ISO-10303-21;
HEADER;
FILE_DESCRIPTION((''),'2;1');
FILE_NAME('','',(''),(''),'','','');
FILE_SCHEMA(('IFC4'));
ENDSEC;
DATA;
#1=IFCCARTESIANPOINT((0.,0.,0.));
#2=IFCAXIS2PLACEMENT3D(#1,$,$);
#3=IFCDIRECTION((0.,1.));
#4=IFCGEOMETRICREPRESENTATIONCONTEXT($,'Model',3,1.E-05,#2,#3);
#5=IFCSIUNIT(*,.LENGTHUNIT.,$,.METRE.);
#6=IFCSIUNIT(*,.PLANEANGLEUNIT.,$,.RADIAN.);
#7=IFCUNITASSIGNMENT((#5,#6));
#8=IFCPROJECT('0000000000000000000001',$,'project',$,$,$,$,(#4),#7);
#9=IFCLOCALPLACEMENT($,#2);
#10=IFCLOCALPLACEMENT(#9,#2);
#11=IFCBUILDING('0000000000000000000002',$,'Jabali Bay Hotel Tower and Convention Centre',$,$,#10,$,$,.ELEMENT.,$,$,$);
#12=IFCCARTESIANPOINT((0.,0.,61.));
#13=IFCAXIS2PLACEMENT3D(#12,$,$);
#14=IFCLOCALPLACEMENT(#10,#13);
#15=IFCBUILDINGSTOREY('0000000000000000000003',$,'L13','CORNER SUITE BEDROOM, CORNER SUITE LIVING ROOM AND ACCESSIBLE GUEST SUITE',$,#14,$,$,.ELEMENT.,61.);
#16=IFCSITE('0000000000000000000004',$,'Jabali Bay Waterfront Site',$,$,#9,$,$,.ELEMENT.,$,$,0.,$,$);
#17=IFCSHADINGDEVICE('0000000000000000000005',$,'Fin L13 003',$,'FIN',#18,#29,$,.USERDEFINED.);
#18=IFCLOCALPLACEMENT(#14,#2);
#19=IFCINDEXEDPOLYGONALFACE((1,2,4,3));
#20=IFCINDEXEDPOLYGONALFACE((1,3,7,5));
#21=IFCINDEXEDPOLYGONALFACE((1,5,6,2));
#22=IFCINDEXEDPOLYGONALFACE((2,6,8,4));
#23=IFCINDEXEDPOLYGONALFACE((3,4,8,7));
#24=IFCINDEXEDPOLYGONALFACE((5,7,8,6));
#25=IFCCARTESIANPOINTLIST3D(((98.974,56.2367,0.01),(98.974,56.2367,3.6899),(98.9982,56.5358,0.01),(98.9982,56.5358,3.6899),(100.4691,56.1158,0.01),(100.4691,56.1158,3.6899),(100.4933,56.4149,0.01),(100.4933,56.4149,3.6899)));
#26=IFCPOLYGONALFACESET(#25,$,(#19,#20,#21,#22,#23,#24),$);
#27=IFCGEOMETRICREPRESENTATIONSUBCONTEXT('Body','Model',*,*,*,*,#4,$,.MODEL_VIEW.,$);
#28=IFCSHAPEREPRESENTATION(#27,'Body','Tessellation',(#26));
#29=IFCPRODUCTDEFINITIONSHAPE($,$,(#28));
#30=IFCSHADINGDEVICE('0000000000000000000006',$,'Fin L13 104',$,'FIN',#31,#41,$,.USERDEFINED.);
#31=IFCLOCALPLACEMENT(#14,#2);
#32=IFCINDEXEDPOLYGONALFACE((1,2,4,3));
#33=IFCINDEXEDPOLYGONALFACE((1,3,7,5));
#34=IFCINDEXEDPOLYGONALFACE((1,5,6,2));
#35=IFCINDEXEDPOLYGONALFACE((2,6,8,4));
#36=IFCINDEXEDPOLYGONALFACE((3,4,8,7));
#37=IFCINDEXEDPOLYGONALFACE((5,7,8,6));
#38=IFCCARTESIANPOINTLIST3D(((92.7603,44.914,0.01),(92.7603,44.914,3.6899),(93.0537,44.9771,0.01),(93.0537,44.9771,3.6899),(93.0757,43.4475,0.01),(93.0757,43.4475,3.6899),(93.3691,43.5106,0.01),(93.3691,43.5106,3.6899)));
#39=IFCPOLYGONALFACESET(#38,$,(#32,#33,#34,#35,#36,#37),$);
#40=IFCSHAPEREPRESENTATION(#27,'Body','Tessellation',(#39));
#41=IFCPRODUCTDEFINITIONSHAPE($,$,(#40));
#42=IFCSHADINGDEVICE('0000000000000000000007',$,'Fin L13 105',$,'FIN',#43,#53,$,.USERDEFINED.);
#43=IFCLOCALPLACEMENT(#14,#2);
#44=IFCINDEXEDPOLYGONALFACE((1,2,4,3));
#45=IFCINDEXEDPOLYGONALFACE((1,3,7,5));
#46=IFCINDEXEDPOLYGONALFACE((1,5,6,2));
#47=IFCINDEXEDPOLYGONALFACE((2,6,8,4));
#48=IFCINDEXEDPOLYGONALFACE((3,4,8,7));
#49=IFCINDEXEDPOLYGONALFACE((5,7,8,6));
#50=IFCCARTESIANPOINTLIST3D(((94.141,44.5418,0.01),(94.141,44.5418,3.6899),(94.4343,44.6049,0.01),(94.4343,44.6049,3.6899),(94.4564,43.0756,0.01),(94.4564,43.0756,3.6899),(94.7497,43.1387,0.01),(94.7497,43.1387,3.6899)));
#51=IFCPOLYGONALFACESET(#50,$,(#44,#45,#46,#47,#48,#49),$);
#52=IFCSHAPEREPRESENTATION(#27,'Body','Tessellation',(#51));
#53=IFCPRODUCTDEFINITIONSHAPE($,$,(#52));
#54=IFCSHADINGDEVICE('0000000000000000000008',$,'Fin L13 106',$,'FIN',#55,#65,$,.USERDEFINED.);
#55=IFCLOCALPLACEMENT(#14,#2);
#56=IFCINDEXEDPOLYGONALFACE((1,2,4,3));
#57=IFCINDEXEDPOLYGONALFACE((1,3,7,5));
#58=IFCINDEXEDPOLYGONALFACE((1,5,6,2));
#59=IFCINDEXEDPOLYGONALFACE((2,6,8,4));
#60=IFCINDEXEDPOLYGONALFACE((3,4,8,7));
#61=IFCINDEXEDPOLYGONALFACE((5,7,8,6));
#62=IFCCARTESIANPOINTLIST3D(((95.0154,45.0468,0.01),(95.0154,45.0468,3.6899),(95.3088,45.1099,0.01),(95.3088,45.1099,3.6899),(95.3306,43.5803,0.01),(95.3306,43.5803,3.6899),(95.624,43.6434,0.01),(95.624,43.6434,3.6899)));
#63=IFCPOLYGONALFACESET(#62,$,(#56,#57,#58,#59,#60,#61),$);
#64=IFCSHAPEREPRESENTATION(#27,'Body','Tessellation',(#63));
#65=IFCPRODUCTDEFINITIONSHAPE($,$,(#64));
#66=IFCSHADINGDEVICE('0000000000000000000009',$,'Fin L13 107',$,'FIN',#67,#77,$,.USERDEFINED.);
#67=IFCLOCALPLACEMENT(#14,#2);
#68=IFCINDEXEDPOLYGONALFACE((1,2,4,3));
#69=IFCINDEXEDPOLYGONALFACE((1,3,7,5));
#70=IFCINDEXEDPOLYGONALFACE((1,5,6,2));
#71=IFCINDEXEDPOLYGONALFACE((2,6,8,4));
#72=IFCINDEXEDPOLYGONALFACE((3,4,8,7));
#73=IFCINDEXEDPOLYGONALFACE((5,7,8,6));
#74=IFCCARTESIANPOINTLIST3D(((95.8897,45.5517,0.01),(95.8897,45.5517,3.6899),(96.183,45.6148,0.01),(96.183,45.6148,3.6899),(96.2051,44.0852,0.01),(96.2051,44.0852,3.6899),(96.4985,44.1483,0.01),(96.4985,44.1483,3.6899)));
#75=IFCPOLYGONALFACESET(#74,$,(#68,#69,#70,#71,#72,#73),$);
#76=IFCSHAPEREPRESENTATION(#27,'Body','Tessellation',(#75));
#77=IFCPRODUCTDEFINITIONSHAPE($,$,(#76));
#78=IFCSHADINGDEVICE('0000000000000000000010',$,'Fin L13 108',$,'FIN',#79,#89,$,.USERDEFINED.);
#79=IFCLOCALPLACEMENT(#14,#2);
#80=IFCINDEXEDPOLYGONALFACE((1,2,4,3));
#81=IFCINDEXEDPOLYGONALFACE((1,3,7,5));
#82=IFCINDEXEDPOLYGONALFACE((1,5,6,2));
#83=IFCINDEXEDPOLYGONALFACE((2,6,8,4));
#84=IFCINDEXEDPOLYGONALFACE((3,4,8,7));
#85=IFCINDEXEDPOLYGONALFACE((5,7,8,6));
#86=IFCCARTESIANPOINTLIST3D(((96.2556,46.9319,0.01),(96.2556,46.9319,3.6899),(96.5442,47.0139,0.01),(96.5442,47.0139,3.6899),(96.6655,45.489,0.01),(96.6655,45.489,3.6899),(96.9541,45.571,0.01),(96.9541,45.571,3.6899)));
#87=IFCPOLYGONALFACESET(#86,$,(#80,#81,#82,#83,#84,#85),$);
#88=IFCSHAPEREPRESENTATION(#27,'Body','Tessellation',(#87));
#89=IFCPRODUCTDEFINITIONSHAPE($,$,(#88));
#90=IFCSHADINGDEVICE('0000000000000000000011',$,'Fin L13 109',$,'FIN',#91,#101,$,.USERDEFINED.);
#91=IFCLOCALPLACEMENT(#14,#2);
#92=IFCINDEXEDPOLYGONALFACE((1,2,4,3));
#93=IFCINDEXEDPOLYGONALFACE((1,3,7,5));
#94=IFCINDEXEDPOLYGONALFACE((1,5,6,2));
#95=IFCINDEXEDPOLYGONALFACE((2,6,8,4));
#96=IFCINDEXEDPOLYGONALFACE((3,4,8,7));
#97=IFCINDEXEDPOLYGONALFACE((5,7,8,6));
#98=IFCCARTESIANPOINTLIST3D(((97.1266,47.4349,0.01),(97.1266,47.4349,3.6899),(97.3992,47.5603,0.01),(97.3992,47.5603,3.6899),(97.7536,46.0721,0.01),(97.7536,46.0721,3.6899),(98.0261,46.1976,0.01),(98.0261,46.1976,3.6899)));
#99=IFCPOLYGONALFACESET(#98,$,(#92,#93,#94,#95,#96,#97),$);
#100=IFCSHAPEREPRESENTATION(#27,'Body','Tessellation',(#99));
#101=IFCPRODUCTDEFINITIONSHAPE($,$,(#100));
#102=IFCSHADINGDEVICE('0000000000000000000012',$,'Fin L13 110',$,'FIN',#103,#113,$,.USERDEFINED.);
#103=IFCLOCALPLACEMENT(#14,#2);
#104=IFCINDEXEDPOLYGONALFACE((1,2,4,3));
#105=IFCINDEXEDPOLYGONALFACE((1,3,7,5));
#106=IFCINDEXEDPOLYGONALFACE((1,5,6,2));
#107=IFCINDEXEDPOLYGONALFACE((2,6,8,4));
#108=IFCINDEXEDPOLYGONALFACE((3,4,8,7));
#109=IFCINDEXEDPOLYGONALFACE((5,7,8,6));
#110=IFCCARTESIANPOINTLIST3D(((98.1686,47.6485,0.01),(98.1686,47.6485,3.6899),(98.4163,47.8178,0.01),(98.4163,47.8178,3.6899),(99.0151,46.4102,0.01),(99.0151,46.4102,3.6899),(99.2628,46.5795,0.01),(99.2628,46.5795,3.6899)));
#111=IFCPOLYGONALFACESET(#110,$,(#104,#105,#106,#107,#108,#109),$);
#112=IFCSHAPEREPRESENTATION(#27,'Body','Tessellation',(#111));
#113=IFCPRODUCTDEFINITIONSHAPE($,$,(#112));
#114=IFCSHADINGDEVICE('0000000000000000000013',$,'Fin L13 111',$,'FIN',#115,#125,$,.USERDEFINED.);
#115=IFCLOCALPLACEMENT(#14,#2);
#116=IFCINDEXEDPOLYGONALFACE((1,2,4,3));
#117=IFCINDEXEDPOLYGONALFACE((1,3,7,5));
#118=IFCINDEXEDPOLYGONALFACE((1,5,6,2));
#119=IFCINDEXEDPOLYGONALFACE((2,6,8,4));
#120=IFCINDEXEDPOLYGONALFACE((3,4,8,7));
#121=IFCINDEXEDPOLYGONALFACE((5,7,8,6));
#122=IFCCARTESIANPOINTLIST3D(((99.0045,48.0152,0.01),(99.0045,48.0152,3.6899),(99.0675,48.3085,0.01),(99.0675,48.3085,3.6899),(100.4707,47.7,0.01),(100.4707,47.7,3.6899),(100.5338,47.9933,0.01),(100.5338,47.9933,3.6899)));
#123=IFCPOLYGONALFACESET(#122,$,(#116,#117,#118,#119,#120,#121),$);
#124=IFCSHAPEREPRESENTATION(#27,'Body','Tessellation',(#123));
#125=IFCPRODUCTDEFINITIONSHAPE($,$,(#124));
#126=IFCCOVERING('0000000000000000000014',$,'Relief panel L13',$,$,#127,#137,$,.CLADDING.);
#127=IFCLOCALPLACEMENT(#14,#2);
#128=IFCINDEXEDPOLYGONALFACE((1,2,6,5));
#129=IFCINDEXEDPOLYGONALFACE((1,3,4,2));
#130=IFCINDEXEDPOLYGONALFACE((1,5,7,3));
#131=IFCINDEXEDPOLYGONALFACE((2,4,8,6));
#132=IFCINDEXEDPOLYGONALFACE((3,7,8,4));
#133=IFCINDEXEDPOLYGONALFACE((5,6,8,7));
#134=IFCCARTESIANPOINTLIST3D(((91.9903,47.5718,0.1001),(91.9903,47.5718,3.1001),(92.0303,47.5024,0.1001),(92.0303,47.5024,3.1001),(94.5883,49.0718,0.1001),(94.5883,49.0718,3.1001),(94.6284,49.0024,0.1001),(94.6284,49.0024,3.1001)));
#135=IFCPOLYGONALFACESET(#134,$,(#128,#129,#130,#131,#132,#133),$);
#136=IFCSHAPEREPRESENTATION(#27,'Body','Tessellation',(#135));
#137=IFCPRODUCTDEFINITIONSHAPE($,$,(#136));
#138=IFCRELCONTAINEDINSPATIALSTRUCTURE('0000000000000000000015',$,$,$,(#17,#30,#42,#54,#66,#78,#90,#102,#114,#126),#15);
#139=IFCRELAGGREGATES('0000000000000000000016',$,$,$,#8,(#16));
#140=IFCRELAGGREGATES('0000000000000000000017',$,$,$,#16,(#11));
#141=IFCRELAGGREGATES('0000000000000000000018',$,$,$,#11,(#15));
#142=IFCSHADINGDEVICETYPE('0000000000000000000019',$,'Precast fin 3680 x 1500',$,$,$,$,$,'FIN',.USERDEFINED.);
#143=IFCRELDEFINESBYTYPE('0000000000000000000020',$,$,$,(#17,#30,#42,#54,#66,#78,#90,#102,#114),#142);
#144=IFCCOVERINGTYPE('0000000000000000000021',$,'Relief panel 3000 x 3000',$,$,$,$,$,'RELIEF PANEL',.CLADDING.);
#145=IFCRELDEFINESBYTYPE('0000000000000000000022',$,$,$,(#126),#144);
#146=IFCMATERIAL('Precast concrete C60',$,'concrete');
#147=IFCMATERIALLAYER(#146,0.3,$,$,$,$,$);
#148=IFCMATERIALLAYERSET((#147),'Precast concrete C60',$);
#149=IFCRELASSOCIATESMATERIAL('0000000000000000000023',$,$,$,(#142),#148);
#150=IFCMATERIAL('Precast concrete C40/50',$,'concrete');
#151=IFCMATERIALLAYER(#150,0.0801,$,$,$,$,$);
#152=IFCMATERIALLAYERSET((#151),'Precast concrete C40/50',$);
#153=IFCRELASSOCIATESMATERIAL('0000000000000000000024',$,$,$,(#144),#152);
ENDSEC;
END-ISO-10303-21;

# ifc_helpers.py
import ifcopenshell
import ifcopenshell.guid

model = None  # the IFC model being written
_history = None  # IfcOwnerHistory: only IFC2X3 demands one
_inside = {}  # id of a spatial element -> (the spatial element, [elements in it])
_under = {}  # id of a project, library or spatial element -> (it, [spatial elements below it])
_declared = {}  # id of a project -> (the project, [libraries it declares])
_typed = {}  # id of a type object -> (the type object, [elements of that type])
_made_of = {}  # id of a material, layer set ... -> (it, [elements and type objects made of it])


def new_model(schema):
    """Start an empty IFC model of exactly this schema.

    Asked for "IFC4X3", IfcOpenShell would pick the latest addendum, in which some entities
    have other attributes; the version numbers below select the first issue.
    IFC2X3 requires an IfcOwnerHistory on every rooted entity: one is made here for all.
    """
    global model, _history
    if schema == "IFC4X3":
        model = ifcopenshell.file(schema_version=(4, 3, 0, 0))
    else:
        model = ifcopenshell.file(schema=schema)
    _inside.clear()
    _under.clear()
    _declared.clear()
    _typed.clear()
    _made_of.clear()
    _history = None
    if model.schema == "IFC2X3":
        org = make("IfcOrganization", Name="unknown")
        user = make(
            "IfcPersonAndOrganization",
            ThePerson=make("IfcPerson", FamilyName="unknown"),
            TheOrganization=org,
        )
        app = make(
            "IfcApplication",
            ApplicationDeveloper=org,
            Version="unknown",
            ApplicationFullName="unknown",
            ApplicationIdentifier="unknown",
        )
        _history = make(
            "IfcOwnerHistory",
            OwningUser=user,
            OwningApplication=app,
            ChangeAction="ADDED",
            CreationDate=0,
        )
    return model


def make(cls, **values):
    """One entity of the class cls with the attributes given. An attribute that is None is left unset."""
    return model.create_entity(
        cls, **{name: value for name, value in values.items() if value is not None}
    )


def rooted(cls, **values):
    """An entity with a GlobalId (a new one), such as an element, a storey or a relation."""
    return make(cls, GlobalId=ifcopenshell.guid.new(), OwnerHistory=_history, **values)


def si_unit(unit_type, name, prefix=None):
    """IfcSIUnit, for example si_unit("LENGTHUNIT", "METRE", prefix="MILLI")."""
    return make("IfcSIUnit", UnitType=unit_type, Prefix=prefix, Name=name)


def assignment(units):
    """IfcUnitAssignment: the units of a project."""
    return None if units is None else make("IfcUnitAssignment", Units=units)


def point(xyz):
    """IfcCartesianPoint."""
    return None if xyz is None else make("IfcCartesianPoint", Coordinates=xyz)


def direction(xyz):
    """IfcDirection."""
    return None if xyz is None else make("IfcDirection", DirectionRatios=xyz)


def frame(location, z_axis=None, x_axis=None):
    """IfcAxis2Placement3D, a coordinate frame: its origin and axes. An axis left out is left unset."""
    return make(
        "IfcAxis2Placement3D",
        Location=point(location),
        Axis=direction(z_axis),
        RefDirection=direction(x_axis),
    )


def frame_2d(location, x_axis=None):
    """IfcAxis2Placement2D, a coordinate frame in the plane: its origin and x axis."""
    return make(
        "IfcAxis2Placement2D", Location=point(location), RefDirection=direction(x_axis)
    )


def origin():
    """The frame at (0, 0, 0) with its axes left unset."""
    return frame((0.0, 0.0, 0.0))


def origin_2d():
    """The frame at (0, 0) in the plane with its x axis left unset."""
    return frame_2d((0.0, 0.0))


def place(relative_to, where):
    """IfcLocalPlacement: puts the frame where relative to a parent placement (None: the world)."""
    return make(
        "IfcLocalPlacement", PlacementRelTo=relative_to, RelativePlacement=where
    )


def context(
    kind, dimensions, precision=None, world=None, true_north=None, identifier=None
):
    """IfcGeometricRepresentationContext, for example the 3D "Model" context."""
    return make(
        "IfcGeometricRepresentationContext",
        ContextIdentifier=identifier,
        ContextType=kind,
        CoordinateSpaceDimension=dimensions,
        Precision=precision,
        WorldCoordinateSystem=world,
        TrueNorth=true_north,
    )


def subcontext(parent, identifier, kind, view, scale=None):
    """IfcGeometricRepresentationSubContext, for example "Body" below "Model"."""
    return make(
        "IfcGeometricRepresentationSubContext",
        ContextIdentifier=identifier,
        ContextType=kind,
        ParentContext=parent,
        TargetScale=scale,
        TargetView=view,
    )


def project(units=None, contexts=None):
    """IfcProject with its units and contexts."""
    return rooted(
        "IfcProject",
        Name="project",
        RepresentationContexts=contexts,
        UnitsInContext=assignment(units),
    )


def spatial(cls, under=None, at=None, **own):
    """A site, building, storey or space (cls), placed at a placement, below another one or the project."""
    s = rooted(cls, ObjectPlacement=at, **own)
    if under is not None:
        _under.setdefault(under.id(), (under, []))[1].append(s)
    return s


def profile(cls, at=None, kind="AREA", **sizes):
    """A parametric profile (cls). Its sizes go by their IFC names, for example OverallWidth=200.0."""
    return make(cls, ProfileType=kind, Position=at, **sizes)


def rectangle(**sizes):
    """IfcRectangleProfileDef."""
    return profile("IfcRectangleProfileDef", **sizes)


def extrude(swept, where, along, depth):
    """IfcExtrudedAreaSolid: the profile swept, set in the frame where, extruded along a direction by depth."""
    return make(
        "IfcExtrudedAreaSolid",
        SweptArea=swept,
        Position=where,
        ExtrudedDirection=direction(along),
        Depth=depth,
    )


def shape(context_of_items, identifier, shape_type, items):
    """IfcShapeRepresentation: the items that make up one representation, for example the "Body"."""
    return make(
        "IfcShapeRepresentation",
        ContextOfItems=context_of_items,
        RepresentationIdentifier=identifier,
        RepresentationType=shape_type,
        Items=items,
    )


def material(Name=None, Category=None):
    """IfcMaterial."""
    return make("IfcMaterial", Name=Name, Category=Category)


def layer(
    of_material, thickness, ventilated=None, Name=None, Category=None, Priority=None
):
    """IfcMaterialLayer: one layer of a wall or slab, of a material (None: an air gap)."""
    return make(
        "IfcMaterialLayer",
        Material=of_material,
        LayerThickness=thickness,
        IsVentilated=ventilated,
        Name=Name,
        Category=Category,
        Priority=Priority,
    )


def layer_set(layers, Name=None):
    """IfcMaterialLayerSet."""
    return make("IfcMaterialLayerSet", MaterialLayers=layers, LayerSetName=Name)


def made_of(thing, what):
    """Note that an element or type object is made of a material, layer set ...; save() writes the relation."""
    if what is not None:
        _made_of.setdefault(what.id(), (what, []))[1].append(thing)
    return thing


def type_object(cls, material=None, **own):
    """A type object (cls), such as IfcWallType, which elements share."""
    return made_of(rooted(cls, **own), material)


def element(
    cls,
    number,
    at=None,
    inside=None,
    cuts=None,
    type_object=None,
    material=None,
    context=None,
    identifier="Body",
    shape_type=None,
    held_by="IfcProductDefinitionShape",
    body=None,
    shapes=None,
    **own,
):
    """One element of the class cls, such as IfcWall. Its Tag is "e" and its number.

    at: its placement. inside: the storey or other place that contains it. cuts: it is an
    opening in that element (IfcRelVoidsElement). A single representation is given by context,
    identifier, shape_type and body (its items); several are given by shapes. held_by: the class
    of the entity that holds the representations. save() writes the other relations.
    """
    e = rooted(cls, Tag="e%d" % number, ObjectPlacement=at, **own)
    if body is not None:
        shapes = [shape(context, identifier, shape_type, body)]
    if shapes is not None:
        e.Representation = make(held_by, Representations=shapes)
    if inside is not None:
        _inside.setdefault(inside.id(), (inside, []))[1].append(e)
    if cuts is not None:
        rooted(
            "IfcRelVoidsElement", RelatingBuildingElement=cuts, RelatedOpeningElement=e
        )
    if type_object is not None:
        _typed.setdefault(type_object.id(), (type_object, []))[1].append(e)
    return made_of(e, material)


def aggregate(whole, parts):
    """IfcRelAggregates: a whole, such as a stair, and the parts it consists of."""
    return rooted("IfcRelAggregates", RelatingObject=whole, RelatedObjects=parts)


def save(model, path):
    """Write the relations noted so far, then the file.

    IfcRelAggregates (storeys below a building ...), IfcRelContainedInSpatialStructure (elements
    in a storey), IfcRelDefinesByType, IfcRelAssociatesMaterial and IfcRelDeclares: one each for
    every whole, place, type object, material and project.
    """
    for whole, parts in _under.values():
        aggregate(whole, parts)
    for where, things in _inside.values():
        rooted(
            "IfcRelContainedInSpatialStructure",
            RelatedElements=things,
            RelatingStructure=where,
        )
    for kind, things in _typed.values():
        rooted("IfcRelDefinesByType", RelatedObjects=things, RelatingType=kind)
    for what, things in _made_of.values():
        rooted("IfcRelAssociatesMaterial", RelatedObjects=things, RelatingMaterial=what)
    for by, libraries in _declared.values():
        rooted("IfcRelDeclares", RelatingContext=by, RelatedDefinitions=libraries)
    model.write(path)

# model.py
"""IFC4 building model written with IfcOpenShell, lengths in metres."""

from ifc_helpers import new_model, si_unit, direction, frame, frame_2d, origin, origin_2d, place, context, subcontext, project, spatial, rectangle, extrude, material, layer, layer_set, type_object, element, save


model = new_model("IFC4")

# Units and contexts
model_context = context("Model", 3, precision=1e-05, world=origin(), true_north=direction((0.0, 1.0)))
body_context = subcontext(model_context, "Body", "Model", "MODEL_VIEW")
ifc_project = project(units=[si_unit("LENGTHUNIT", "METRE"), si_unit("PLANEANGLEUNIT", "RADIAN")], contexts=[model_context])

# Site, building, storey
site_placement = place(None, origin())
site = spatial("IfcSite", under=ifc_project, at=site_placement, Name="Jabali Bay Waterfront Site", CompositionType="ELEMENT", RefElevation=0.0)
building_placement = place(site_placement, origin())
building = spatial("IfcBuilding", under=site, at=building_placement, Name="Jabali Bay Hotel Tower and Convention Centre", CompositionType="ELEMENT")
storey_placement = place(building_placement, frame((0.0, 0.0, 61.0)))
storey = spatial("IfcBuildingStorey", under=building, at=storey_placement, Name="L13", Description="CORNER SUITE BEDROOM, CORNER SUITE LIVING ROOM AND ACCESSIBLE GUEST SUITE", CompositionType="ELEMENT", Elevation=61.0)

# Shading devices
ifc_material_1 = material(Name="Precast concrete C60", Category="concrete")
ifc_layer_1 = layer(ifc_material_1, 0.3)
ifc_layer_set_1 = layer_set([ifc_layer_1], Name="Precast concrete C60")
shading_device_type = type_object("IfcShadingDeviceType", Name="Precast fin 3680 x 1500", ElementType="FIN", PredefinedType="USERDEFINED", material=ifc_layer_set_1)
for number, where, z_axis, x_axis, name in (
    (1, (98.9861, 56.3862, 0.01), (0.0, 0.0, 1.0), (0.996749, -0.080567, 0.0), "Fin L13 003"),
    (2, (92.907, 44.9456, 0.01), (0.0, 0.0, 1.0), (0.210274, -0.977643, 0.0), "Fin L13 104"),
):
    element("IfcShadingDevice", number, at=place(storey_placement, frame(where, z_axis=z_axis, x_axis=x_axis)), inside=storey, type_object=shading_device_type, Name=name, ObjectType="FIN", PredefinedType="USERDEFINED", context=body_context, shape_type="SweptSolid", body=[
        extrude(rectangle(XDim=1.5, YDim=0.3, at=frame_2d((0.75, 0.0))), origin(), (0.0, 0.0, 1.0), 3.6799),
    ])
shading_device_1_placement = place(storey_placement, frame((94.2876, 44.5735, 0.01), z_axis=(0.0, 0.0, 1.0), x_axis=(0.210307, -0.977635, 0.0)))
element("IfcShadingDevice", 3, at=shading_device_1_placement, inside=storey, type_object=shading_device_type, Name="Fin L13 105", ObjectType="FIN", PredefinedType="USERDEFINED", context=body_context, shape_type="SweptSolid", body=[
    extrude(rectangle(XDim=1.4998, YDim=0.3, at=frame_2d((0.75, 0.0))), origin(), (0.0, 0.0, 1.0), 3.6799),
])
for number, where, z_axis, x_axis, name in (
    (4, (95.1621, 45.0784, 0.01), (0.0, 0.0, 1.0), (0.210118, -0.977676, 0.0), "Fin L13 106"),
    (5, (96.0364, 45.5833, 0.01), (0.0, 0.0, 1.0), (0.210274, -0.977643, 0.0), "Fin L13 107"),
    (6, (96.3999, 46.9729, 0.01), (0.0, 0.0, 1.0), (0.273281, -0.961934, 0.0), "Fin L13 108"),
    (7, (97.2629, 47.4976, 0.01), (0.0, 0.0, 1.0), (0.417943, -0.908473, 0.0), "Fin L13 109"),
    (8, (98.2925, 47.7332, 0.01), (0.0, 0.0, 1.0), (0.564316, -0.825559, 0.0), "Fin L13 110"),
):
    element("IfcShadingDevice", number, at=place(storey_placement, frame(where, z_axis=z_axis, x_axis=x_axis)), inside=storey, type_object=shading_device_type, Name=name, ObjectType="FIN", PredefinedType="USERDEFINED", context=body_context, shape_type="SweptSolid", body=[
        extrude(rectangle(XDim=1.5, YDim=0.3, at=frame_2d((0.75, 0.0))), origin(), (0.0, 0.0, 1.0), 3.6799),
    ])
shading_device_2_placement = place(storey_placement, frame((99.0359, 48.1619, 0.01), z_axis=(0.0, 0.0, 1.0), x_axis=(0.977669, -0.210152, 0.0)))
element("IfcShadingDevice", 9, at=shading_device_2_placement, inside=storey, type_object=shading_device_type, Name="Fin L13 111", ObjectType="FIN", PredefinedType="USERDEFINED", context=body_context, shape_type="SweptSolid", body=[
    extrude(rectangle(XDim=1.4998, YDim=0.3, at=frame_2d((0.75, 0.0))), origin(), (0.0, 0.0, 1.0), 3.6799),
])

# Covering
ifc_material_2 = material(Name="Precast concrete C40/50", Category="concrete")
ifc_layer_2 = layer(ifc_material_2, 0.0801)
ifc_layer_set_2 = layer_set([ifc_layer_2], Name="Precast concrete C40/50")
covering_type = type_object("IfcCoveringType", Name="Relief panel 3000 x 3000", ElementType="RELIEF PANEL", PredefinedType="CLADDING", material=ifc_layer_set_2)
covering_placement = place(storey_placement, frame((93.3093, 48.2871, 0.1001), z_axis=(0.0, 0.0, 1.0), x_axis=(-0.866025, -0.5, 0.0)))
element("IfcCovering", 10, at=covering_placement, inside=storey, type_object=covering_type, Name="Relief panel L13", PredefinedType="CLADDING", context=body_context, shape_type="SweptSolid", body=[
    extrude(rectangle(XDim=3.0, YDim=0.0801, at=origin_2d()), origin(), (0.0, 0.0, 1.0), 3.0),
])

save(model, "model.ifc")
